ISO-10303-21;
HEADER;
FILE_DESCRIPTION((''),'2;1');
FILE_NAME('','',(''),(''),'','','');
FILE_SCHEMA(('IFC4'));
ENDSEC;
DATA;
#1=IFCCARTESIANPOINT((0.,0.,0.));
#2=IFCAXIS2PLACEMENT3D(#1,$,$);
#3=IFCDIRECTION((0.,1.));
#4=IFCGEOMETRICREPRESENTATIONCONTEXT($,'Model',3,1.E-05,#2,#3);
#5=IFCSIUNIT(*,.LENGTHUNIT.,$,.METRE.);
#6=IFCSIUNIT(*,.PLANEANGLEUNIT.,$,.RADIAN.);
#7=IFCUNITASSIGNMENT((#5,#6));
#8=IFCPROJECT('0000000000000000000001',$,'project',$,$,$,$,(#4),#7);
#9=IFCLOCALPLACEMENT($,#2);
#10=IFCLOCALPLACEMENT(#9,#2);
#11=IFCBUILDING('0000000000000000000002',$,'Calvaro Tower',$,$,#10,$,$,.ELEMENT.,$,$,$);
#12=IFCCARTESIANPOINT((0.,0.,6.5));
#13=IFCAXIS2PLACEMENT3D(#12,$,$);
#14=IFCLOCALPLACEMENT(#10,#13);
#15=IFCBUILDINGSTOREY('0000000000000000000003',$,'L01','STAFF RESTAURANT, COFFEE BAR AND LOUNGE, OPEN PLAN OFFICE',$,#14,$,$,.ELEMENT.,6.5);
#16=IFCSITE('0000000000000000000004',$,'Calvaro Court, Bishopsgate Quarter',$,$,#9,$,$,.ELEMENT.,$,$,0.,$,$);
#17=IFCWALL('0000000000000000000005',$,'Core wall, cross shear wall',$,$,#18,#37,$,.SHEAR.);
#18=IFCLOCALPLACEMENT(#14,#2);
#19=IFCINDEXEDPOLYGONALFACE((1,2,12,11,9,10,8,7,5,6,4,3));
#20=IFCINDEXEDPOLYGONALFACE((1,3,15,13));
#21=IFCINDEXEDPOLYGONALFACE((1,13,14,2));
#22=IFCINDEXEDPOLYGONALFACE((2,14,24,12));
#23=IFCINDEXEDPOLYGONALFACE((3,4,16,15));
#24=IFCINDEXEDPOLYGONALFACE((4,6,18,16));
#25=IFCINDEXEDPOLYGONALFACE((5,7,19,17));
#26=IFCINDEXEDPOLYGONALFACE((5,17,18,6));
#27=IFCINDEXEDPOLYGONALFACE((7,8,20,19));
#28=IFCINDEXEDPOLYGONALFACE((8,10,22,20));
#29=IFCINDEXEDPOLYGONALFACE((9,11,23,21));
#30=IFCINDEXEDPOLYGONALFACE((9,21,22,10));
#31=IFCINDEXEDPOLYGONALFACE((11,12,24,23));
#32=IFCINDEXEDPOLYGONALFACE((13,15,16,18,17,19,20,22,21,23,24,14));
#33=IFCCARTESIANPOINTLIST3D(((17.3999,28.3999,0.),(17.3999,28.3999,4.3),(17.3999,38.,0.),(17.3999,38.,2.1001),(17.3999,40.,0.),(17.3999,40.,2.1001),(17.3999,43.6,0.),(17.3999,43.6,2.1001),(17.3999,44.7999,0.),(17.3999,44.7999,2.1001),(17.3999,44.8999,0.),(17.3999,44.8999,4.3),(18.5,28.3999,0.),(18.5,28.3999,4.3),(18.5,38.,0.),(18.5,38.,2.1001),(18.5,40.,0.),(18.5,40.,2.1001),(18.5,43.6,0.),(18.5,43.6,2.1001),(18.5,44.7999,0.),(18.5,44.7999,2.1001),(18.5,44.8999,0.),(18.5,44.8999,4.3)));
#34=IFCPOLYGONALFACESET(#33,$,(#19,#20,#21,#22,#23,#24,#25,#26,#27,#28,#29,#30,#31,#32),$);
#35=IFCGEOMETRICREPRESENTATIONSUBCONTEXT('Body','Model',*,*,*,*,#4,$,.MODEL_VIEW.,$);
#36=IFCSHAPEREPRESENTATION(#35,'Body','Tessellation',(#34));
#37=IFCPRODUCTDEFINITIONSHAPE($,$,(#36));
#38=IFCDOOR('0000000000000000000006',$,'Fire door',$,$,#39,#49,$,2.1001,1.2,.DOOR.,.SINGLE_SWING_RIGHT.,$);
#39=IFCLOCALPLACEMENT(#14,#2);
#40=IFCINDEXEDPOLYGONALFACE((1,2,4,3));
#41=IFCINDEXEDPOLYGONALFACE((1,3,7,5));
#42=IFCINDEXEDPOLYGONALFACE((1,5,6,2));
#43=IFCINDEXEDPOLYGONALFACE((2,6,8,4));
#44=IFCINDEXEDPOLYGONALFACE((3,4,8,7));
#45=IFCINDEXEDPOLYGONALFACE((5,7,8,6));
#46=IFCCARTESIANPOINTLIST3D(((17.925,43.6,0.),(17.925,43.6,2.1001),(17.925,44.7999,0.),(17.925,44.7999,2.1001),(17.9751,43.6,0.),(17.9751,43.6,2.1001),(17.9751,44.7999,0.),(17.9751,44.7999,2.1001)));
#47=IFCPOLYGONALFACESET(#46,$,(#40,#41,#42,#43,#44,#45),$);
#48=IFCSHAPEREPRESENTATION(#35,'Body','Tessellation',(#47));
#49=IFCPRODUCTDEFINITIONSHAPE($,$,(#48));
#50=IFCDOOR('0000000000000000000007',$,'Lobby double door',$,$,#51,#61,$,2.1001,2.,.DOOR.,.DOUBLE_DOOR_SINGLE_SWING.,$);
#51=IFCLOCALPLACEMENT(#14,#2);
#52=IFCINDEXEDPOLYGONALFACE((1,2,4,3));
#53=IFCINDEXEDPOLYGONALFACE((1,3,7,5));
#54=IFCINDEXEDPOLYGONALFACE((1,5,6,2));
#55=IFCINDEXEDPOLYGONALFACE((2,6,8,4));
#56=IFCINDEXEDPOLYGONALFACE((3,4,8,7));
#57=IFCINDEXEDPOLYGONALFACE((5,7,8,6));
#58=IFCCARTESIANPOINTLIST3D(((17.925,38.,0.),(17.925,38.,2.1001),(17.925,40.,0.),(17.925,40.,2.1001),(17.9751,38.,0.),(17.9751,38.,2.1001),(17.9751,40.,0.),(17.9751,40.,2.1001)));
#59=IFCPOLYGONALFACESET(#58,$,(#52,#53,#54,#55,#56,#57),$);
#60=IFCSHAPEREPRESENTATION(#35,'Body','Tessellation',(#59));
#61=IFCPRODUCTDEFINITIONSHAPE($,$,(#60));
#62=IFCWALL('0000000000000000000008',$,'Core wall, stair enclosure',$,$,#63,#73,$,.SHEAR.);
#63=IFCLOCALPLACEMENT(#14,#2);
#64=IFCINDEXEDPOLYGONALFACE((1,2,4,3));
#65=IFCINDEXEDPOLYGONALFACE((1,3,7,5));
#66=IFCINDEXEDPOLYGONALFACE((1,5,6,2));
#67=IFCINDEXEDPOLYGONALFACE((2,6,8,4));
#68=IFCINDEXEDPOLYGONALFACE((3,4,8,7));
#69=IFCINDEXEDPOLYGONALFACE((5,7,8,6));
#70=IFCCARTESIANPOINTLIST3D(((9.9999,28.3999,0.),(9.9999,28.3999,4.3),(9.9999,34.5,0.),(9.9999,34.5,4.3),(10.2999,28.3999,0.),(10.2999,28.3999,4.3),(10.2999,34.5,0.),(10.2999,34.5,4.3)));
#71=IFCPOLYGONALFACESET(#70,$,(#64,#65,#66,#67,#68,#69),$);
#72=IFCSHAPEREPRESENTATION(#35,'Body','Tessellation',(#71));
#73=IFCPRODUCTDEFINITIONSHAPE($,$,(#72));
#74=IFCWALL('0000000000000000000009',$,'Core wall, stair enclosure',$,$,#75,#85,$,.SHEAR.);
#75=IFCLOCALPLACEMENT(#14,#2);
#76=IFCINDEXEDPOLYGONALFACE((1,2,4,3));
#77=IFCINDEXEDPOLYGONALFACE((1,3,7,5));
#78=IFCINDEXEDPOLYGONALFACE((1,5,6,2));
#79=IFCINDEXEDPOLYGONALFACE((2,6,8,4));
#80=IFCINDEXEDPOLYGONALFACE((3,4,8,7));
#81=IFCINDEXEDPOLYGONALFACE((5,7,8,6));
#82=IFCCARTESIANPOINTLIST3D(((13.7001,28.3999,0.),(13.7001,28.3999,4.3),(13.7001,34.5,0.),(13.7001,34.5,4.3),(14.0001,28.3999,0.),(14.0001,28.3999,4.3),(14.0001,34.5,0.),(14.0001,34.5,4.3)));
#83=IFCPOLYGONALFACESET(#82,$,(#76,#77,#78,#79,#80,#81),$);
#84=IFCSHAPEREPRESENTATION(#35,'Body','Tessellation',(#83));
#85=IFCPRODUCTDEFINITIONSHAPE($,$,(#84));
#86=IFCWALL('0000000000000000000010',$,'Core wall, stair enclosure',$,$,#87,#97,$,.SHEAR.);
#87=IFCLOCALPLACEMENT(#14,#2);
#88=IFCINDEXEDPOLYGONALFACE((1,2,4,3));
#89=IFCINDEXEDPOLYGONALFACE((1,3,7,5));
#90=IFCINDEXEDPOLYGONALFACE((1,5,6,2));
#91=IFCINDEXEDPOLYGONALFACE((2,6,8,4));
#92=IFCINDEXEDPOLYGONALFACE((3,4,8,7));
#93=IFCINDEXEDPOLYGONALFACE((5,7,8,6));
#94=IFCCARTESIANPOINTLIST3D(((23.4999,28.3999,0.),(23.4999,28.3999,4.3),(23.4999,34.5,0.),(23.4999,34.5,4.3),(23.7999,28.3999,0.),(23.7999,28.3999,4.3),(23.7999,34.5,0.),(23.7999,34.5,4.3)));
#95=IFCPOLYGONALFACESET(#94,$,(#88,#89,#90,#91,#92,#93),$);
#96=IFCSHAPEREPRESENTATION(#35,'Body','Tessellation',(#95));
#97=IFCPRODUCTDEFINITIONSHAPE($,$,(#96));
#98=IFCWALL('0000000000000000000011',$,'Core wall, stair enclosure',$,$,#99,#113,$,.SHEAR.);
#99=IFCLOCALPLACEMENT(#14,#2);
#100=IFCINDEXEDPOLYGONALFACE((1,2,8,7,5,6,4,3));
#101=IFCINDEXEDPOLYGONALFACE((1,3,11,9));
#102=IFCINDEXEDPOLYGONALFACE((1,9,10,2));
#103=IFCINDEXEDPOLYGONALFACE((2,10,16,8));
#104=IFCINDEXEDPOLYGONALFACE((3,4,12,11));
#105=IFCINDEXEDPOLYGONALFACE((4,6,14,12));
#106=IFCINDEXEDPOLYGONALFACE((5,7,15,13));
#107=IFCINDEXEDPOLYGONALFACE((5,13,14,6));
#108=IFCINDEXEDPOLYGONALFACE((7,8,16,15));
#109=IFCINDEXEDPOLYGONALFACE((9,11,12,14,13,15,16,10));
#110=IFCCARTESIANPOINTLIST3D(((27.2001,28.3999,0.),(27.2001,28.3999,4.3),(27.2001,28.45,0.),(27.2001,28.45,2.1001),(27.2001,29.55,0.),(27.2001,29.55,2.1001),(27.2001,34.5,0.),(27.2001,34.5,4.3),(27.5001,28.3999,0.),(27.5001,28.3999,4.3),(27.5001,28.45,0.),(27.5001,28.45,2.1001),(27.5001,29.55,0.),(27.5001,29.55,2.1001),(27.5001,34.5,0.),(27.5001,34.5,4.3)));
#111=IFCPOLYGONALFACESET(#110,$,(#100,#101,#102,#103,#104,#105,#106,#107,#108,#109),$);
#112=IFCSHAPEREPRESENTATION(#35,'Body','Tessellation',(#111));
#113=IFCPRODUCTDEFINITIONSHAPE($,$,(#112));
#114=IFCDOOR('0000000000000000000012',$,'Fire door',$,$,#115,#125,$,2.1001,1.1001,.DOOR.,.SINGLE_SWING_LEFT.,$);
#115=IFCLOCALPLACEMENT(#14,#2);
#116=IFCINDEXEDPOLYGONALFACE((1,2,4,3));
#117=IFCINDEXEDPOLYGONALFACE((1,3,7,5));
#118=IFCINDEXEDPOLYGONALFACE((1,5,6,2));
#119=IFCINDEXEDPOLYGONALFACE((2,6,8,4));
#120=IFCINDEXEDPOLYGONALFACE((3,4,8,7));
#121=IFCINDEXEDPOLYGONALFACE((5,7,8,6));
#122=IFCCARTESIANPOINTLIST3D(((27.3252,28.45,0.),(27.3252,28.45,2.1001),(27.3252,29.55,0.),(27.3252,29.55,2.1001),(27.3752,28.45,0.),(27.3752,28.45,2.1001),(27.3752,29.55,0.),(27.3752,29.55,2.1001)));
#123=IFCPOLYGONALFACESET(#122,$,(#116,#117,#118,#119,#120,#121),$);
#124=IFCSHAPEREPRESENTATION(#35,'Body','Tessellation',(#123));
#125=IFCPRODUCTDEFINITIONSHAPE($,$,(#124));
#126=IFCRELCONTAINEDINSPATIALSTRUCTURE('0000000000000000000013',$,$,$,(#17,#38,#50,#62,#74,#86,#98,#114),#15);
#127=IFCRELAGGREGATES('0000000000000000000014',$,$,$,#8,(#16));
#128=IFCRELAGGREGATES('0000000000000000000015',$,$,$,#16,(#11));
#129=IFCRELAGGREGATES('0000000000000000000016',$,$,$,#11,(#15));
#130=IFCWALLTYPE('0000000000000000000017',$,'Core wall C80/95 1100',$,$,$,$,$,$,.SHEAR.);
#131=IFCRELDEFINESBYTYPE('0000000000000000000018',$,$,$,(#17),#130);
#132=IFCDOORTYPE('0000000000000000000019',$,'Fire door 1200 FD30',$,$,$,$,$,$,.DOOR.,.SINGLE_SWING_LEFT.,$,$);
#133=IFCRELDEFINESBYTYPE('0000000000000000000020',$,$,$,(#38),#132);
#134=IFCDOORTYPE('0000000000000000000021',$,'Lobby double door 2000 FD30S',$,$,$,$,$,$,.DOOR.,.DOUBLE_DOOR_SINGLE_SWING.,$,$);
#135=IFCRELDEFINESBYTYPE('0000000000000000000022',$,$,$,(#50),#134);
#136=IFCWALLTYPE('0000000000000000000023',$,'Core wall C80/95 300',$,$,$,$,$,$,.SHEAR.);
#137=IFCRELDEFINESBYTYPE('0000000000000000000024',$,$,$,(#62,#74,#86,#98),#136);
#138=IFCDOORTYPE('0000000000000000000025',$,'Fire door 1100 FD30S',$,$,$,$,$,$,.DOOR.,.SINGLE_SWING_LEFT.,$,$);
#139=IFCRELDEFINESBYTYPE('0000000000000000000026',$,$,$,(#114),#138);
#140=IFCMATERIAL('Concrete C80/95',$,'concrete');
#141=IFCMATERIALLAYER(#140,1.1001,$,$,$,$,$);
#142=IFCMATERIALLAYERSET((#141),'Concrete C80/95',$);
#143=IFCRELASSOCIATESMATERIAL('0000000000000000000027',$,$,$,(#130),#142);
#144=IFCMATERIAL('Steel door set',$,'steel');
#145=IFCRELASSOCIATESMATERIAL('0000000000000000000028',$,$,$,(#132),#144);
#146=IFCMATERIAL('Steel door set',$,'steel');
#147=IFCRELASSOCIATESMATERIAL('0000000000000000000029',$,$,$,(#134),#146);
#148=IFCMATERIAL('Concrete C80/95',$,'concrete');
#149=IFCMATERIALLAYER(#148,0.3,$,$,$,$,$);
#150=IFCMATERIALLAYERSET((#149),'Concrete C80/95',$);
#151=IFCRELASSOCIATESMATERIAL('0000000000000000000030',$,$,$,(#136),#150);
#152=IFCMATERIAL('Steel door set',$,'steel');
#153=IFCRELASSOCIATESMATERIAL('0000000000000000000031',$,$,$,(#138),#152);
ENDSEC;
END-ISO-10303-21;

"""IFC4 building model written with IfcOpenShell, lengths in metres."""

from ifc_helpers import new_model, si_unit, direction, frame, frame_2d, origin, place, context, subcontext, project, spatial, rectangle, extrude, material, layer, layer_set, type_object, element, fill, save


model = new_model("IFC4")

# Units and contexts
model_context = context("Model", 3, precision=1e-05, world=origin(), true_north=direction((0.0, 1.0)))
body_context = subcontext(model_context, "Body", "Model", "MODEL_VIEW")
ifc_project = project(units=[si_unit("LENGTHUNIT", "METRE"), si_unit("PLANEANGLEUNIT", "RADIAN")], contexts=[model_context])

# Site, building, storey
site_placement = place(None, origin())
site = spatial("IfcSite", under=ifc_project, at=site_placement, Name="Calvaro Court, Bishopsgate Quarter", CompositionType="ELEMENT", RefElevation=0.0)
building_placement = place(site_placement, origin())
building = spatial("IfcBuilding", under=site, at=building_placement, Name="Calvaro Tower", CompositionType="ELEMENT")
storey_placement = place(building_placement, frame((0.0, 0.0, 6.5)))
storey = spatial("IfcBuildingStorey", under=building, at=storey_placement, Name="L01", Description="STAFF RESTAURANT, COFFEE BAR AND LOUNGE, OPEN PLAN OFFICE", CompositionType="ELEMENT", Elevation=6.5)

# Wall, openings, doors
ifc_material_1 = material(Name="Concrete C80/95", Category="concrete")
ifc_layer_1 = layer(ifc_material_1, 1.1001)
ifc_layer_set_1 = layer_set([ifc_layer_1], Name="Concrete C80/95")
wall_type_1 = type_object("IfcWallType", Name="Core wall C80/95 1100", PredefinedType="SHEAR", material=ifc_layer_set_1)
wall_1_placement = place(storey_placement, frame((17.95, 28.3999, 0.0), z_axis=(0.0, 0.0, 1.0), x_axis=(0.0, 1.0, 0.0)))
wall_1 = element("IfcWall", 1, at=wall_1_placement, inside=storey, type_object=wall_type_1, Name="Core wall, cross shear wall", PredefinedType="SHEAR", context=body_context, shape_type="SweptSolid", body=[
    extrude(rectangle(XDim=16.5, YDim=1.1001, at=frame_2d((8.25, 0.0))), origin(), (0.0, 0.0, 1.0), 4.3),
])
opening_1_placement = place(wall_1_placement, frame((9.6001, 0.0, 0.0)))
opening_1 = element("IfcOpeningElement", 2, at=opening_1_placement, cuts=wall_1, PredefinedType="OPENING", context=body_context, shape_type="SweptSolid", body=[
    extrude(rectangle(XDim=2.0, YDim=2.1001, at=frame_2d((1.0, 1.05))), frame((0.0, 0.5601, 0.0), z_axis=(0.0, -1.0, 0.0), x_axis=(1.0, 0.0, 0.0)), (0.0, 0.0, 1.0), 1.1201),
])
opening_2_placement = place(wall_1_placement, frame((15.2, 0.0, 0.0)))
opening_2 = element("IfcOpeningElement", 3, at=opening_2_placement, cuts=wall_1, PredefinedType="OPENING", context=body_context, shape_type="SweptSolid", body=[
    extrude(rectangle(XDim=1.2, YDim=2.1001, at=frame_2d((0.6001, 1.05))), frame((0.0, 0.5601, 0.0), z_axis=(0.0, -1.0, 0.0), x_axis=(1.0, 0.0, 0.0)), (0.0, 0.0, 1.0), 1.1201),
])
ifc_material_2 = material(Name="Steel door set", Category="steel")
door_type_1 = type_object("IfcDoorType", Name="Fire door 1200 FD30", OperationType="SINGLE_SWING_LEFT", PredefinedType="DOOR", material=ifc_material_2)
door_1_placement = place(opening_2_placement, origin())
door_1 = element("IfcDoor", 4, at=door_1_placement, inside=storey, type_object=door_type_1, Name="Fire door", OperationType="SINGLE_SWING_RIGHT", OverallHeight=2.1001, OverallWidth=1.2, PredefinedType="DOOR", context=body_context, shape_type="SweptSolid", body=[
    extrude(rectangle(XDim=1.2, YDim=2.1001, at=frame_2d((0.6001, 1.05))), frame((0.0, 0.0249, 0.0), z_axis=(0.0, -1.0, 0.0), x_axis=(1.0, 0.0, 0.0)), (0.0, 0.0, 1.0), 0.05),
])
fill(opening_2, door_1)
ifc_material_3 = material(Name="Steel door set", Category="steel")
door_type_2 = type_object("IfcDoorType", Name="Lobby double door 2000 FD30S", OperationType="DOUBLE_DOOR_SINGLE_SWING", PredefinedType="DOOR", material=ifc_material_3)
door_2_placement = place(opening_1_placement, origin())
door_2 = element("IfcDoor", 5, at=door_2_placement, inside=storey, type_object=door_type_2, Name="Lobby double door", OperationType="DOUBLE_DOOR_SINGLE_SWING", OverallHeight=2.1001, OverallWidth=2.0, PredefinedType="DOOR", context=body_context, shape_type="SweptSolid", body=[
    extrude(rectangle(XDim=2.0, YDim=2.1001, at=frame_2d((1.0, 1.05))), frame((0.0, 0.0249, 0.0), z_axis=(0.0, -1.0, 0.0), x_axis=(1.0, 0.0, 0.0)), (0.0, 0.0, 1.0), 0.05),
])
fill(opening_1, door_2)

# Walls
ifc_material_4 = material(Name="Concrete C80/95", Category="concrete")
ifc_layer_2 = layer(ifc_material_4, 0.3)
ifc_layer_set_2 = layer_set([ifc_layer_2], Name="Concrete C80/95")
wall_type_2 = type_object("IfcWallType", Name="Core wall C80/95 300", PredefinedType="SHEAR", material=ifc_layer_set_2)
for number, where, z_axis, x_axis, name in (
    (6, (10.1499, 28.3999, 0.0), (0.0, 0.0, 1.0), (0.0, 1.0, 0.0), "Core wall, stair enclosure"),
    (7, (13.8501, 28.3999, 0.0), (0.0, 0.0, 1.0), (0.0, 1.0, 0.0), "Core wall, stair enclosure"),
    (8, (23.6499, 28.3999, 0.0), (0.0, 0.0, 1.0), (0.0, 1.0, 0.0), "Core wall, stair enclosure"),
):
    element("IfcWall", number, at=place(storey_placement, frame(where, z_axis=z_axis, x_axis=x_axis)), inside=storey, type_object=wall_type_2, Name=name, PredefinedType="SHEAR", context=body_context, shape_type="SweptSolid", body=[
        extrude(rectangle(XDim=6.1001, YDim=0.3, at=frame_2d((3.05, 0.0))), origin(), (0.0, 0.0, 1.0), 4.3),
    ])

# Wall, opening, door
wall_2_placement = place(storey_placement, frame((27.3501, 28.3999, 0.0), z_axis=(0.0, 0.0, 1.0), x_axis=(0.0, 1.0, 0.0)))
wall_2 = element("IfcWall", 9, at=wall_2_placement, inside=storey, type_object=wall_type_2, Name="Core wall, stair enclosure", PredefinedType="SHEAR", context=body_context, shape_type="SweptSolid", body=[
    extrude(rectangle(XDim=6.1001, YDim=0.3, at=frame_2d((3.05, 0.0))), origin(), (0.0, 0.0, 1.0), 4.3),
])
opening_3_placement = place(wall_2_placement, frame((0.05, 0.0, 0.0)))
opening_3 = element("IfcOpeningElement", 10, at=opening_3_placement, cuts=wall_2, PredefinedType="OPENING", context=body_context, shape_type="SweptSolid", body=[
    extrude(rectangle(XDim=1.1001, YDim=2.1001, at=frame_2d((0.55, 1.05))), frame((0.0, 0.1599, 0.0), z_axis=(0.0, -1.0, 0.0), x_axis=(1.0, 0.0, 0.0)), (0.0, 0.0, 1.0), 0.3201),
])
ifc_material_5 = material(Name="Steel door set", Category="steel")
door_type_3 = type_object("IfcDoorType", Name="Fire door 1100 FD30S", OperationType="SINGLE_SWING_LEFT", PredefinedType="DOOR", material=ifc_material_5)
door_3_placement = place(opening_3_placement, origin())
door_3 = element("IfcDoor", 11, at=door_3_placement, inside=storey, type_object=door_type_3, Name="Fire door", OperationType="SINGLE_SWING_LEFT", OverallHeight=2.1001, OverallWidth=1.1001, PredefinedType="DOOR", context=body_context, shape_type="SweptSolid", body=[
    extrude(rectangle(XDim=1.1001, YDim=2.1001, at=frame_2d((0.55, 1.05))), frame((0.0, 0.0249, 0.0), z_axis=(0.0, -1.0, 0.0), x_axis=(1.0, 0.0, 0.0)), (0.0, 0.0, 1.0), 0.05),
])
fill(opening_3, door_3)

save(model, "model.ifc")
